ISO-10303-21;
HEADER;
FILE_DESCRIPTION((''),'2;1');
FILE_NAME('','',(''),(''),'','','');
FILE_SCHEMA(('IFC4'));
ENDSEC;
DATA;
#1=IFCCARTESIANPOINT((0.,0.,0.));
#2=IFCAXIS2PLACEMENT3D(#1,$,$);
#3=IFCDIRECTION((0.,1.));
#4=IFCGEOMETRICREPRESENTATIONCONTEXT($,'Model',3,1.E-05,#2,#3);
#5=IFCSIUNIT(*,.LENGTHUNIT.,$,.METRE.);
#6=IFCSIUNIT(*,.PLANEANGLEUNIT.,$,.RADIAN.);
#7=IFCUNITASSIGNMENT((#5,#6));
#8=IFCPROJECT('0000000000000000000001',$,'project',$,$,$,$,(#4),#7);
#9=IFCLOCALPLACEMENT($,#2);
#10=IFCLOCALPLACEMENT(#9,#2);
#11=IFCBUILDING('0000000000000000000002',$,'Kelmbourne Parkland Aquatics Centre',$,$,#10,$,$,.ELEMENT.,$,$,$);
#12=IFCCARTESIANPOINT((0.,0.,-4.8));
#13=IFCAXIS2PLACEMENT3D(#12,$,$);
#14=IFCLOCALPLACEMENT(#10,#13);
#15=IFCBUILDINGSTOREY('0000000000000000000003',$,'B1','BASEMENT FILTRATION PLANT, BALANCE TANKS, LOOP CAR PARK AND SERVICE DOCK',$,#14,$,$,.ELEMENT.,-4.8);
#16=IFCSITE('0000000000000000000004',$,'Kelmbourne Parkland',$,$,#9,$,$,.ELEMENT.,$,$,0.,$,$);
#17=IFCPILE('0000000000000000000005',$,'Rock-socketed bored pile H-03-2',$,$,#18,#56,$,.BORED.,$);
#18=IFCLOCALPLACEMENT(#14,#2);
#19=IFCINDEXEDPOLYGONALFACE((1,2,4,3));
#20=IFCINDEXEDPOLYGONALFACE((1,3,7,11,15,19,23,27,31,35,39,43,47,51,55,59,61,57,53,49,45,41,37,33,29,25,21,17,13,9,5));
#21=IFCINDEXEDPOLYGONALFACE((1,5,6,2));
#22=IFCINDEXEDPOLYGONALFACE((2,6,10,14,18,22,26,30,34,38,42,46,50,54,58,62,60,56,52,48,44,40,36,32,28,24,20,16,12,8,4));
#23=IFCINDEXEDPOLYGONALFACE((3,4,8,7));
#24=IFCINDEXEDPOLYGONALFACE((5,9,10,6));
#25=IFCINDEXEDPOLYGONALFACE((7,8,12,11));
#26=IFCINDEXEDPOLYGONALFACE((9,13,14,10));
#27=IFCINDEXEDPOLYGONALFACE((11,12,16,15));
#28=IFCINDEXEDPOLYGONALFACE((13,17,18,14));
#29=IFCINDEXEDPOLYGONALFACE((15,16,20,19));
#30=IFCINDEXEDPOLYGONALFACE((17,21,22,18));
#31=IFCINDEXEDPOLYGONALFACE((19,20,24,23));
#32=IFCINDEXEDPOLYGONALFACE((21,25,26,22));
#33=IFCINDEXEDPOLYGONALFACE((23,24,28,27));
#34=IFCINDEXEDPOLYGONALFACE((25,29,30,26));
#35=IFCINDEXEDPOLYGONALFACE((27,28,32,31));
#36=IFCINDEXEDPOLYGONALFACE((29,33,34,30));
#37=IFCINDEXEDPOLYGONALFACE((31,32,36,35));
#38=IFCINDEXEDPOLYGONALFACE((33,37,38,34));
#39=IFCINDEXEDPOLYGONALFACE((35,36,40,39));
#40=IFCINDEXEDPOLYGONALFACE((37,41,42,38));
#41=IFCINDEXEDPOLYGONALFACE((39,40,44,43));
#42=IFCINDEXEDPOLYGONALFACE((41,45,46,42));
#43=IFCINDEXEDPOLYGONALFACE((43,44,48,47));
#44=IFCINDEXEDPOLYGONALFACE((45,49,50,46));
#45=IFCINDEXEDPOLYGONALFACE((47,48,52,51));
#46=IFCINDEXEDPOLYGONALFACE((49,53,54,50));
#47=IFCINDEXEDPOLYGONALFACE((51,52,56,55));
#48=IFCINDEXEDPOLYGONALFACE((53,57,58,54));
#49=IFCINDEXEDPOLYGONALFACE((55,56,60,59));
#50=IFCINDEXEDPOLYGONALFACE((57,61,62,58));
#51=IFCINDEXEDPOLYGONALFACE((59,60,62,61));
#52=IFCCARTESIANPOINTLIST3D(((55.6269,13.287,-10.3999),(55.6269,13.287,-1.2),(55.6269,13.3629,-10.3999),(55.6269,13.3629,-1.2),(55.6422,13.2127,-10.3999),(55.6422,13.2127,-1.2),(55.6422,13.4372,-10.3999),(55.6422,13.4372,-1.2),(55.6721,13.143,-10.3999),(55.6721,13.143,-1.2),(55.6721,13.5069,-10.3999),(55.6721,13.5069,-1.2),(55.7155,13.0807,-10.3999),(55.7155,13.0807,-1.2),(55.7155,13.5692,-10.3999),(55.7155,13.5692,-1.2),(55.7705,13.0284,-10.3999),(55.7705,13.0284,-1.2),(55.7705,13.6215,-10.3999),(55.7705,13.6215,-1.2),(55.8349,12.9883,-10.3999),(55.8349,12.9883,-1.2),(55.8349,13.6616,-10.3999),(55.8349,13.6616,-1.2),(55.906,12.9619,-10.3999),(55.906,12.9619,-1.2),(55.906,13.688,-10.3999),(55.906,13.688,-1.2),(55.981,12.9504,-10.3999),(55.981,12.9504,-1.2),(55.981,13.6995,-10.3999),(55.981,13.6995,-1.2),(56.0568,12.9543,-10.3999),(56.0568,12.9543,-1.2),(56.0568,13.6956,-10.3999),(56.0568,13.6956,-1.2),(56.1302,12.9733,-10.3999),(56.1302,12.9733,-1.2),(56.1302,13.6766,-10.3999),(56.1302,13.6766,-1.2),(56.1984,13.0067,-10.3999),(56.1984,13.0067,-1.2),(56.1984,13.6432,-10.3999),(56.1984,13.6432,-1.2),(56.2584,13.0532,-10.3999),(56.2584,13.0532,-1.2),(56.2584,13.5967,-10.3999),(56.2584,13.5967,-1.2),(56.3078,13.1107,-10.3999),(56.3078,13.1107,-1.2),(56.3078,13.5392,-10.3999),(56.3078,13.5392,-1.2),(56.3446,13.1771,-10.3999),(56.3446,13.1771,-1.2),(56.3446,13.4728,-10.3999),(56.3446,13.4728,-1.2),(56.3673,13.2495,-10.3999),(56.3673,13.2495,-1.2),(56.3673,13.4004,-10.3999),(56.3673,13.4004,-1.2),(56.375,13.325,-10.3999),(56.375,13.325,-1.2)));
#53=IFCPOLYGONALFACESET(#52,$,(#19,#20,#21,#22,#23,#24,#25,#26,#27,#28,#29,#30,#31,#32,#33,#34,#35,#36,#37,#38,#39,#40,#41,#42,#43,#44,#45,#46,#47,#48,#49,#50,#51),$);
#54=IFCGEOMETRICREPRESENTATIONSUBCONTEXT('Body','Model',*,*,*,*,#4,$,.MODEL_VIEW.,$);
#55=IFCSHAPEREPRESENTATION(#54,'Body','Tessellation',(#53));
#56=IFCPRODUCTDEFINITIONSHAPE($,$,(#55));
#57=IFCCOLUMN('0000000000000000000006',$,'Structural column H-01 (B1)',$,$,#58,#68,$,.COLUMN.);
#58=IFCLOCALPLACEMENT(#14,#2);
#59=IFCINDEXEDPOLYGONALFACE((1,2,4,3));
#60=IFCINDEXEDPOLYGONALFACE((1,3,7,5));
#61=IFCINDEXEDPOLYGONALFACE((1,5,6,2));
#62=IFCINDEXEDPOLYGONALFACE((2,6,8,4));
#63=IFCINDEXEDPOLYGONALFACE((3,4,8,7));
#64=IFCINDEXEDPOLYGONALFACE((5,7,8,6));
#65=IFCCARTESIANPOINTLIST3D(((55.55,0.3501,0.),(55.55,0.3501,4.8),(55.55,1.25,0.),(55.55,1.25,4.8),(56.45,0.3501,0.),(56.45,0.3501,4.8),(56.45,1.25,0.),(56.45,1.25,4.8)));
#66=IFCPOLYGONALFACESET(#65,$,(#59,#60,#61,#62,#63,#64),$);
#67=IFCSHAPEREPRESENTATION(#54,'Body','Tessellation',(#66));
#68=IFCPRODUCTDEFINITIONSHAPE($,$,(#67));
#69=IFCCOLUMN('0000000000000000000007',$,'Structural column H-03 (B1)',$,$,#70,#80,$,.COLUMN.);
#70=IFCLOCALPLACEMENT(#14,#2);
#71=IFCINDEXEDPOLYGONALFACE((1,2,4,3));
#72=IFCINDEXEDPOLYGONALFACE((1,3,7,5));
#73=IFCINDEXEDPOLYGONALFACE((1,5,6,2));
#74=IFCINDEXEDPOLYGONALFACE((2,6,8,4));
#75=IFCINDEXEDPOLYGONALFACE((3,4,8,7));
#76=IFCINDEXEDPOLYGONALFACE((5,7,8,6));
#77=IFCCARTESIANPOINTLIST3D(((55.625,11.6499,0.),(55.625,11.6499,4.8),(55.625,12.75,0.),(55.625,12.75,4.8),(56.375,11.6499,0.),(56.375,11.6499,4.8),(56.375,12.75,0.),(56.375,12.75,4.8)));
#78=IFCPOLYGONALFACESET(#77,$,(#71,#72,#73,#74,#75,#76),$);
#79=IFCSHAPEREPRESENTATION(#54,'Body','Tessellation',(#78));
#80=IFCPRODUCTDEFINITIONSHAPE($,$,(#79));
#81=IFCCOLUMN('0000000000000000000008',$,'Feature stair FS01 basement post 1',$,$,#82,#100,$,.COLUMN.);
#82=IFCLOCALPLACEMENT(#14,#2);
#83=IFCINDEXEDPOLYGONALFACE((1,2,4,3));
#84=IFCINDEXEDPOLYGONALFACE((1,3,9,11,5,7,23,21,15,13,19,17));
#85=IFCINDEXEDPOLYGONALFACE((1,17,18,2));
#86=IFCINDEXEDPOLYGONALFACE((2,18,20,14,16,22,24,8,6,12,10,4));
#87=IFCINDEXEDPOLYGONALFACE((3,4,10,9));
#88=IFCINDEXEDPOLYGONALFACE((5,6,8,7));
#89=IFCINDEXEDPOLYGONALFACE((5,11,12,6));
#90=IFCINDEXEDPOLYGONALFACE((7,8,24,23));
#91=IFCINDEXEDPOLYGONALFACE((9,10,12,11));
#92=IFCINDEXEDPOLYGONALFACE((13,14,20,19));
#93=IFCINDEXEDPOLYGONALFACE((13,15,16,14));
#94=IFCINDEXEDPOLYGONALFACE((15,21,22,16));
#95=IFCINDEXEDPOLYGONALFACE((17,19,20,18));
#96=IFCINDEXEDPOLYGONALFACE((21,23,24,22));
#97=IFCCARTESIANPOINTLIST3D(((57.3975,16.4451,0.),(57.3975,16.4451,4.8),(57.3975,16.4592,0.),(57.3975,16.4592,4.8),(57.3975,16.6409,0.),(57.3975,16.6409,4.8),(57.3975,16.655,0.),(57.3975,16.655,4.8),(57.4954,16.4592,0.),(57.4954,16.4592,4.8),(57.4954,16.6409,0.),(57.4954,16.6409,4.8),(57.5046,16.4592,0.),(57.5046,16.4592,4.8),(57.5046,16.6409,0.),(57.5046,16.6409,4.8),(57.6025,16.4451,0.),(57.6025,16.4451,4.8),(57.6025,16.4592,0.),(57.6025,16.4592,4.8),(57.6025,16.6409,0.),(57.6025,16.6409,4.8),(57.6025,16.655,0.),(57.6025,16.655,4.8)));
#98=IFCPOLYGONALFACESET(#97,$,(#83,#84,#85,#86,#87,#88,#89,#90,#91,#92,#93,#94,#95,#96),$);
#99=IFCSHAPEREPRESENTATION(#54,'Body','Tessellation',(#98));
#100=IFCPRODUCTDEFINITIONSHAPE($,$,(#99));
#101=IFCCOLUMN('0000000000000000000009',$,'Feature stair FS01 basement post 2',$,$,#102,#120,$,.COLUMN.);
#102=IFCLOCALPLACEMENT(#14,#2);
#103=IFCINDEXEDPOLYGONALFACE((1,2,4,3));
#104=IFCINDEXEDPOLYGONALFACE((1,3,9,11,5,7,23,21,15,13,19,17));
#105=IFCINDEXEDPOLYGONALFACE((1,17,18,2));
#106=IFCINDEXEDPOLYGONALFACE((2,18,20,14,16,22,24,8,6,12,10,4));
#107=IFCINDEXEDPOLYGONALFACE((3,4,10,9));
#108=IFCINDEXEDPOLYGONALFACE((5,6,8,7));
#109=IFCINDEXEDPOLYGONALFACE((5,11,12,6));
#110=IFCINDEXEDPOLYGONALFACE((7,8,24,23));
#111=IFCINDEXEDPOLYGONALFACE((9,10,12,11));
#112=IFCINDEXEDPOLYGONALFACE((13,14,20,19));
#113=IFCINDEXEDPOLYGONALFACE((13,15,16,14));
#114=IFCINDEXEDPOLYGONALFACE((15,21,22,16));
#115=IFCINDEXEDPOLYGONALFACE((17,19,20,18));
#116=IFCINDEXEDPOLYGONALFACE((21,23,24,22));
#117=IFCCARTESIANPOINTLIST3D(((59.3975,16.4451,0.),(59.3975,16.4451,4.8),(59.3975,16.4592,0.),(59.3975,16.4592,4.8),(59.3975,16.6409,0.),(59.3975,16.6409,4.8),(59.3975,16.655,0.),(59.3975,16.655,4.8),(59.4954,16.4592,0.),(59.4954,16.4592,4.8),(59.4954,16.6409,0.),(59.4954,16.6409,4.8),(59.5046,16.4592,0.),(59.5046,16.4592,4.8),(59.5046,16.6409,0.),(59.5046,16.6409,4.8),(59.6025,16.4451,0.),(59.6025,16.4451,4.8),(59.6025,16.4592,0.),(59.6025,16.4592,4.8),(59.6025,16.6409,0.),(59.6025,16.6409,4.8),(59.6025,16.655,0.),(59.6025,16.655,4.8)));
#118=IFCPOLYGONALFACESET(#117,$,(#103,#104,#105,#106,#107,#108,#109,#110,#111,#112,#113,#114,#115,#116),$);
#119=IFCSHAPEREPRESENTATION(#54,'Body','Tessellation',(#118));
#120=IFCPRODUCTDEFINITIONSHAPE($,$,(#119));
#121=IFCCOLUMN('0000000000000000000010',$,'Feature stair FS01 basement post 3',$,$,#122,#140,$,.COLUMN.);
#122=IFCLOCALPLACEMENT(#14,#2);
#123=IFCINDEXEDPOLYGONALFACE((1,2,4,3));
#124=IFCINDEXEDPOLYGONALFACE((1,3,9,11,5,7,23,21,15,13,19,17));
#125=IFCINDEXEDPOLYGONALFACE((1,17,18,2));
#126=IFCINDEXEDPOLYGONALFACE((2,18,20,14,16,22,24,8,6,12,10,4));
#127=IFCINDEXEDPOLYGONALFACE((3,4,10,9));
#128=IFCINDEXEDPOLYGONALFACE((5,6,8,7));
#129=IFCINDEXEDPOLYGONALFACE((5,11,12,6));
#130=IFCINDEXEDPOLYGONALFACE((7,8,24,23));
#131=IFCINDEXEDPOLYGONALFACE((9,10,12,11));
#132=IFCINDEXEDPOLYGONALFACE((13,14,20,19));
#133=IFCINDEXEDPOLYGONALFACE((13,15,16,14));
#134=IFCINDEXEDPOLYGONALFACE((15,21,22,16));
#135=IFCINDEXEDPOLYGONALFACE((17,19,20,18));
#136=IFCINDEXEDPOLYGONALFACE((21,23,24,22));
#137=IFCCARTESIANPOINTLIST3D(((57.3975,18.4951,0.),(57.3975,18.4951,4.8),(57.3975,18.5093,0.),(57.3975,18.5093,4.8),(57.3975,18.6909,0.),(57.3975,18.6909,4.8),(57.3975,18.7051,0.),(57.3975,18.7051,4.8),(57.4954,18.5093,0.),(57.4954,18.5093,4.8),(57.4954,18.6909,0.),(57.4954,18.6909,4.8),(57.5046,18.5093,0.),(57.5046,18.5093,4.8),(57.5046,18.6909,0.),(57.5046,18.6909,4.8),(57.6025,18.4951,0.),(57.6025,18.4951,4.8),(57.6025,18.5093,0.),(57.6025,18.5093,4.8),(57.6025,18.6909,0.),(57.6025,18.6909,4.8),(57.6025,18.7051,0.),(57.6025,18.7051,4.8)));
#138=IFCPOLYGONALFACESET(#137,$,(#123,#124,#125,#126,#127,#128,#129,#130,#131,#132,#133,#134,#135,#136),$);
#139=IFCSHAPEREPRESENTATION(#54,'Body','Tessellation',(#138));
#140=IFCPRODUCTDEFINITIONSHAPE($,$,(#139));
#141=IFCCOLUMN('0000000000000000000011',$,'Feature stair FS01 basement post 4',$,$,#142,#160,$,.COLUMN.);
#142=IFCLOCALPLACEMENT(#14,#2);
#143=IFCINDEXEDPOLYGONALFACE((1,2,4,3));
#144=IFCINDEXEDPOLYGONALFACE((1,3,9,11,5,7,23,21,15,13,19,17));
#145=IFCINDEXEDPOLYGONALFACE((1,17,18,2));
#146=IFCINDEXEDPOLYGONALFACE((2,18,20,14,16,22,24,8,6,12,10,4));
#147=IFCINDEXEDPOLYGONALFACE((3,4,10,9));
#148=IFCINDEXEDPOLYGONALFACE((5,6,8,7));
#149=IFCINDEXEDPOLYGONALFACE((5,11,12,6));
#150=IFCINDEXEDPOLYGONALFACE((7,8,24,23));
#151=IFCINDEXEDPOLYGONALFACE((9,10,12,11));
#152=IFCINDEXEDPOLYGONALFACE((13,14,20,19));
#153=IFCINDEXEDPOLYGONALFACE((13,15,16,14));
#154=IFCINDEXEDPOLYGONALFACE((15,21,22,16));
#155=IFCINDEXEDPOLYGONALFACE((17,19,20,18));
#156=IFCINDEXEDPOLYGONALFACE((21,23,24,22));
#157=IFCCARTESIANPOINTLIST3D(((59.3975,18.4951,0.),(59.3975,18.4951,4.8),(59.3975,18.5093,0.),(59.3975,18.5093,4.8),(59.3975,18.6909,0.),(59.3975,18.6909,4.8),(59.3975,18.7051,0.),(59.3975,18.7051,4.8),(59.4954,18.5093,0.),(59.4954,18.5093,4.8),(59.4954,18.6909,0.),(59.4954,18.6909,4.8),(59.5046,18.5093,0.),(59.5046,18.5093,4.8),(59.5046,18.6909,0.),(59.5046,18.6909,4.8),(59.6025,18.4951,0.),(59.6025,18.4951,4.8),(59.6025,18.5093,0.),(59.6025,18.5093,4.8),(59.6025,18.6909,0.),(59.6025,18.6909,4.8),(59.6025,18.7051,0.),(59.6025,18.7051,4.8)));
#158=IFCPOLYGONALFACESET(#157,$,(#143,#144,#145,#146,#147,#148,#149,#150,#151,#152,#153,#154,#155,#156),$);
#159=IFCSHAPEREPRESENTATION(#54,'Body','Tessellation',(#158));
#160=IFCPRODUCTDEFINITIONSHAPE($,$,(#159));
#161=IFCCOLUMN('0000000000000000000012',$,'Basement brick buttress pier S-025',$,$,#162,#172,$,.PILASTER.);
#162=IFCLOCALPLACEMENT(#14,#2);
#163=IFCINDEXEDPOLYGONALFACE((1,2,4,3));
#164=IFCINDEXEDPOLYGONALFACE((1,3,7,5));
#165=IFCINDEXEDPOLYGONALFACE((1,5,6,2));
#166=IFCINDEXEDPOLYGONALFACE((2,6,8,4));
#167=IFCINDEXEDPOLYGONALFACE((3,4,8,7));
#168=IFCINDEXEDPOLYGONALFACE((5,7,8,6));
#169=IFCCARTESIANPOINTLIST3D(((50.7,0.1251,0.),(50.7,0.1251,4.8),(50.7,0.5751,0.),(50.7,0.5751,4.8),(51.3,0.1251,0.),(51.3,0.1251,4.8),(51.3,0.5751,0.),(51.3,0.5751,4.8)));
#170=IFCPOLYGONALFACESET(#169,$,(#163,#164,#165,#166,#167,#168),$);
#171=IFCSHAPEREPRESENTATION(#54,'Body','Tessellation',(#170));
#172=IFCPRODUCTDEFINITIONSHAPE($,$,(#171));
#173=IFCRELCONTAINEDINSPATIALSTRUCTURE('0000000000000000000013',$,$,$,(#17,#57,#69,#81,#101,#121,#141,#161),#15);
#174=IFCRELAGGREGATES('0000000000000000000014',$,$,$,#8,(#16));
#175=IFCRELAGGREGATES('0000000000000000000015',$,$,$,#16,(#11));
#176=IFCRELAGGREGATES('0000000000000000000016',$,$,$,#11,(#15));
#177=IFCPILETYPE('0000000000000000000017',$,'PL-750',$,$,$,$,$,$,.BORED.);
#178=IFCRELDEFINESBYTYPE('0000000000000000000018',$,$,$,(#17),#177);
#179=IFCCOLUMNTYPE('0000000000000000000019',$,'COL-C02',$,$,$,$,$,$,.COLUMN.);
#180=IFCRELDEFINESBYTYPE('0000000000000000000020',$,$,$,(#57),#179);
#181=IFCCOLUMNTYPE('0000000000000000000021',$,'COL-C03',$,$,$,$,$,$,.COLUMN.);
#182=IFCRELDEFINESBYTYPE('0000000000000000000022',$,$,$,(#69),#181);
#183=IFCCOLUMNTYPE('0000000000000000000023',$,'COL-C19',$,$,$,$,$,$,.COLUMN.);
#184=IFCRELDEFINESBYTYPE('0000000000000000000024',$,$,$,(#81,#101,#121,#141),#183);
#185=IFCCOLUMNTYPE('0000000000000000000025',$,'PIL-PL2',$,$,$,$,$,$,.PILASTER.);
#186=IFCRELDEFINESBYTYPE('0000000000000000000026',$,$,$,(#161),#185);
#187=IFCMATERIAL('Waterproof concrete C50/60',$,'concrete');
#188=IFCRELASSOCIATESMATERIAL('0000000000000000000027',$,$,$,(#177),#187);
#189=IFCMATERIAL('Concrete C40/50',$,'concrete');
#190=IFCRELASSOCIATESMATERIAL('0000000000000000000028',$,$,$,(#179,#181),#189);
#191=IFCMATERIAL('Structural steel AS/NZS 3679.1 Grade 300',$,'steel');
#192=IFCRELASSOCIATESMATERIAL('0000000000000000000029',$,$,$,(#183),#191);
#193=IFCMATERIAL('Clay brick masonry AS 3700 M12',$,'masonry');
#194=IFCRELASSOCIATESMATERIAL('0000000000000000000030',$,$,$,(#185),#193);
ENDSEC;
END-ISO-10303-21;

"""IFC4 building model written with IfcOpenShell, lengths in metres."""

from ifc_helpers import new_model, si_unit, direction, frame, origin, origin_2d, place, context, subcontext, project, spatial, rectangle, circle, i_section, extrude, material, material_profile, profile_set, type_object, element, save


model = new_model("IFC4")

# Units and contexts
model_context = context("Model", 3, precision=1e-05, world=origin(), true_north=direction((0.0, 1.0)))
body_context = subcontext(model_context, "Body", "Model", "MODEL_VIEW")
ifc_project = project(units=[si_unit("LENGTHUNIT", "METRE"), si_unit("PLANEANGLEUNIT", "RADIAN")], contexts=[model_context])

# Site, building, storey
site_placement = place(None, origin())
site = spatial("IfcSite", under=ifc_project, at=site_placement, Name="Kelmbourne Parkland", CompositionType="ELEMENT", RefElevation=0.0)
building_placement = place(site_placement, origin())
building = spatial("IfcBuilding", under=site, at=building_placement, Name="Kelmbourne Parkland Aquatics Centre", CompositionType="ELEMENT")
storey_placement = place(building_placement, frame((0.0, 0.0, -4.8)))
storey = spatial("IfcBuildingStorey", under=building, at=storey_placement, Name="B1", Description="BASEMENT FILTRATION PLANT, BALANCE TANKS, LOOP CAR PARK AND SERVICE DOCK", CompositionType="ELEMENT", Elevation=-4.8)

# Shared definitions
ifc_material_1 = material(Name="Waterproof concrete C50/60", Category="concrete")

# Pile
ifc_material_profile_1 = material_profile(ifc_material_1, circle(Radius=0.375, at=origin_2d()), Name="PILE D750")
ifc_profile_set_1 = profile_set([ifc_material_profile_1], Name="Waterproof concrete C50/60")
pile_type = type_object("IfcPileType", Name="PL-750", PredefinedType="BORED", material=ifc_profile_set_1)
for number, where, z_axis, x_axis, name in (
    (1, (56.0, 13.325, -1.2), (0.0, 0.0, -1.0), (1.0, 0.0, 0.0), "Rock-socketed bored pile H-03-2"),
):
    element("IfcPile", number, at=place(storey_placement, frame(where, z_axis=z_axis, x_axis=x_axis)), inside=storey, type_object=pile_type, Name=name, PredefinedType="BORED", context=body_context, shape_type="SweptSolid", body=[
        extrude(circle(Radius=0.375, at=origin_2d()), origin(), (0.0, 0.0, 1.0), 9.2),
    ])

# Columns
ifc_material_2 = material(Name="Concrete C40/50", Category="concrete")
ifc_material_profile_2 = material_profile(ifc_material_2, rectangle(XDim=0.8999, YDim=0.8999, at=origin_2d()), Name="RC 900x900")
ifc_profile_set_2 = profile_set([ifc_material_profile_2], Name="Concrete C40/50")
column_type_1 = type_object("IfcColumnType", Name="COL-C02", PredefinedType="COLUMN", material=ifc_profile_set_2)
column_1_placement = place(storey_placement, frame((56.0, 0.8, 0.0), z_axis=(0.0, 0.0, 1.0), x_axis=(1.0, 0.0, 0.0)))
element("IfcColumn", 2, at=column_1_placement, inside=storey, type_object=column_type_1, Name="Structural column H-01 (B1)", PredefinedType="COLUMN", context=body_context, shape_type="SweptSolid", body=[
    extrude(rectangle(XDim=0.8999, YDim=0.8999, at=origin_2d()), origin(), (0.0, 0.0, 1.0), 4.8),
])
ifc_material_profile_3 = material_profile(ifc_material_2, rectangle(XDim=0.75, YDim=1.1001, at=origin_2d()), Name="RC 750x1100")
ifc_profile_set_3 = profile_set([ifc_material_profile_3], Name="Concrete C40/50")
column_type_2 = type_object("IfcColumnType", Name="COL-C03", PredefinedType="COLUMN", material=ifc_profile_set_3)
column_2_placement = place(storey_placement, frame((56.0, 12.2, 0.0), z_axis=(0.0, 0.0, 1.0), x_axis=(1.0, 0.0, 0.0)))
element("IfcColumn", 3, at=column_2_placement, inside=storey, type_object=column_type_2, Name="Structural column H-03 (B1)", PredefinedType="COLUMN", context=body_context, shape_type="SweptSolid", body=[
    extrude(rectangle(XDim=0.75, YDim=1.1001, at=origin_2d()), origin(), (0.0, 0.0, 1.0), 4.8),
])
ifc_material_3 = material(Name="Structural steel AS/NZS 3679.1 Grade 300", Category="steel")
ifc_material_profile_4 = material_profile(ifc_material_3, i_section(OverallWidth=0.2051, OverallDepth=0.21, WebThickness=0.0093, FlangeThickness=0.0142, at=origin_2d()), Name="200UC59.5")
ifc_profile_set_4 = profile_set([ifc_material_profile_4], Name="Structural steel AS/NZS 3679.1 Grade 300")
column_type_3 = type_object("IfcColumnType", Name="COL-C19", PredefinedType="COLUMN", material=ifc_profile_set_4)
for number, where, z_axis, x_axis, name in (
    (4, (57.5, 16.55, 0.0), (0.0, 0.0, 1.0), (1.0, 0.0, 0.0), "Feature stair FS01 basement post 1"),
    (5, (59.5, 16.55, 0.0), (0.0, 0.0, 1.0), (1.0, 0.0, 0.0), "Feature stair FS01 basement post 2"),
    (6, (57.5, 18.6001, 0.0), (0.0, 0.0, 1.0), (1.0, 0.0, 0.0), "Feature stair FS01 basement post 3"),
    (7, (59.5, 18.6001, 0.0), (0.0, 0.0, 1.0), (1.0, 0.0, 0.0), "Feature stair FS01 basement post 4"),
):
    element("IfcColumn", number, at=place(storey_placement, frame(where, z_axis=z_axis, x_axis=x_axis)), inside=storey, type_object=column_type_3, Name=name, PredefinedType="COLUMN", context=body_context, shape_type="SweptSolid", body=[
        extrude(i_section(OverallWidth=0.2051, OverallDepth=0.21, WebThickness=0.0093, FlangeThickness=0.0142, at=origin_2d()), origin(), (0.0, 0.0, 1.0), 4.8),
    ])
ifc_material_4 = material(Name="Clay brick masonry AS 3700 M12", Category="masonry")
ifc_material_profile_5 = material_profile(ifc_material_4, rectangle(XDim=0.45, YDim=0.6001, at=origin_2d()), Name="PIL 450x600")
ifc_profile_set_5 = profile_set([ifc_material_profile_5], Name="Clay brick masonry AS 3700 M12")
column_type_4 = type_object("IfcColumnType", Name="PIL-PL2", PredefinedType="PILASTER", material=ifc_profile_set_5)
column_3_placement = place(storey_placement, frame((51.0, 0.3501, 0.0), z_axis=(0.0, 0.0, 1.0), x_axis=(0.0, 1.0, 0.0)))
element("IfcColumn", 8, at=column_3_placement, inside=storey, type_object=column_type_4, Name="Basement brick buttress pier S-025", PredefinedType="PILASTER", context=body_context, shape_type="SweptSolid", body=[
    extrude(rectangle(XDim=0.45, YDim=0.6001, at=origin_2d()), origin(), (0.0, 0.0, 1.0), 4.8),
])

save(model, "model.ifc")
